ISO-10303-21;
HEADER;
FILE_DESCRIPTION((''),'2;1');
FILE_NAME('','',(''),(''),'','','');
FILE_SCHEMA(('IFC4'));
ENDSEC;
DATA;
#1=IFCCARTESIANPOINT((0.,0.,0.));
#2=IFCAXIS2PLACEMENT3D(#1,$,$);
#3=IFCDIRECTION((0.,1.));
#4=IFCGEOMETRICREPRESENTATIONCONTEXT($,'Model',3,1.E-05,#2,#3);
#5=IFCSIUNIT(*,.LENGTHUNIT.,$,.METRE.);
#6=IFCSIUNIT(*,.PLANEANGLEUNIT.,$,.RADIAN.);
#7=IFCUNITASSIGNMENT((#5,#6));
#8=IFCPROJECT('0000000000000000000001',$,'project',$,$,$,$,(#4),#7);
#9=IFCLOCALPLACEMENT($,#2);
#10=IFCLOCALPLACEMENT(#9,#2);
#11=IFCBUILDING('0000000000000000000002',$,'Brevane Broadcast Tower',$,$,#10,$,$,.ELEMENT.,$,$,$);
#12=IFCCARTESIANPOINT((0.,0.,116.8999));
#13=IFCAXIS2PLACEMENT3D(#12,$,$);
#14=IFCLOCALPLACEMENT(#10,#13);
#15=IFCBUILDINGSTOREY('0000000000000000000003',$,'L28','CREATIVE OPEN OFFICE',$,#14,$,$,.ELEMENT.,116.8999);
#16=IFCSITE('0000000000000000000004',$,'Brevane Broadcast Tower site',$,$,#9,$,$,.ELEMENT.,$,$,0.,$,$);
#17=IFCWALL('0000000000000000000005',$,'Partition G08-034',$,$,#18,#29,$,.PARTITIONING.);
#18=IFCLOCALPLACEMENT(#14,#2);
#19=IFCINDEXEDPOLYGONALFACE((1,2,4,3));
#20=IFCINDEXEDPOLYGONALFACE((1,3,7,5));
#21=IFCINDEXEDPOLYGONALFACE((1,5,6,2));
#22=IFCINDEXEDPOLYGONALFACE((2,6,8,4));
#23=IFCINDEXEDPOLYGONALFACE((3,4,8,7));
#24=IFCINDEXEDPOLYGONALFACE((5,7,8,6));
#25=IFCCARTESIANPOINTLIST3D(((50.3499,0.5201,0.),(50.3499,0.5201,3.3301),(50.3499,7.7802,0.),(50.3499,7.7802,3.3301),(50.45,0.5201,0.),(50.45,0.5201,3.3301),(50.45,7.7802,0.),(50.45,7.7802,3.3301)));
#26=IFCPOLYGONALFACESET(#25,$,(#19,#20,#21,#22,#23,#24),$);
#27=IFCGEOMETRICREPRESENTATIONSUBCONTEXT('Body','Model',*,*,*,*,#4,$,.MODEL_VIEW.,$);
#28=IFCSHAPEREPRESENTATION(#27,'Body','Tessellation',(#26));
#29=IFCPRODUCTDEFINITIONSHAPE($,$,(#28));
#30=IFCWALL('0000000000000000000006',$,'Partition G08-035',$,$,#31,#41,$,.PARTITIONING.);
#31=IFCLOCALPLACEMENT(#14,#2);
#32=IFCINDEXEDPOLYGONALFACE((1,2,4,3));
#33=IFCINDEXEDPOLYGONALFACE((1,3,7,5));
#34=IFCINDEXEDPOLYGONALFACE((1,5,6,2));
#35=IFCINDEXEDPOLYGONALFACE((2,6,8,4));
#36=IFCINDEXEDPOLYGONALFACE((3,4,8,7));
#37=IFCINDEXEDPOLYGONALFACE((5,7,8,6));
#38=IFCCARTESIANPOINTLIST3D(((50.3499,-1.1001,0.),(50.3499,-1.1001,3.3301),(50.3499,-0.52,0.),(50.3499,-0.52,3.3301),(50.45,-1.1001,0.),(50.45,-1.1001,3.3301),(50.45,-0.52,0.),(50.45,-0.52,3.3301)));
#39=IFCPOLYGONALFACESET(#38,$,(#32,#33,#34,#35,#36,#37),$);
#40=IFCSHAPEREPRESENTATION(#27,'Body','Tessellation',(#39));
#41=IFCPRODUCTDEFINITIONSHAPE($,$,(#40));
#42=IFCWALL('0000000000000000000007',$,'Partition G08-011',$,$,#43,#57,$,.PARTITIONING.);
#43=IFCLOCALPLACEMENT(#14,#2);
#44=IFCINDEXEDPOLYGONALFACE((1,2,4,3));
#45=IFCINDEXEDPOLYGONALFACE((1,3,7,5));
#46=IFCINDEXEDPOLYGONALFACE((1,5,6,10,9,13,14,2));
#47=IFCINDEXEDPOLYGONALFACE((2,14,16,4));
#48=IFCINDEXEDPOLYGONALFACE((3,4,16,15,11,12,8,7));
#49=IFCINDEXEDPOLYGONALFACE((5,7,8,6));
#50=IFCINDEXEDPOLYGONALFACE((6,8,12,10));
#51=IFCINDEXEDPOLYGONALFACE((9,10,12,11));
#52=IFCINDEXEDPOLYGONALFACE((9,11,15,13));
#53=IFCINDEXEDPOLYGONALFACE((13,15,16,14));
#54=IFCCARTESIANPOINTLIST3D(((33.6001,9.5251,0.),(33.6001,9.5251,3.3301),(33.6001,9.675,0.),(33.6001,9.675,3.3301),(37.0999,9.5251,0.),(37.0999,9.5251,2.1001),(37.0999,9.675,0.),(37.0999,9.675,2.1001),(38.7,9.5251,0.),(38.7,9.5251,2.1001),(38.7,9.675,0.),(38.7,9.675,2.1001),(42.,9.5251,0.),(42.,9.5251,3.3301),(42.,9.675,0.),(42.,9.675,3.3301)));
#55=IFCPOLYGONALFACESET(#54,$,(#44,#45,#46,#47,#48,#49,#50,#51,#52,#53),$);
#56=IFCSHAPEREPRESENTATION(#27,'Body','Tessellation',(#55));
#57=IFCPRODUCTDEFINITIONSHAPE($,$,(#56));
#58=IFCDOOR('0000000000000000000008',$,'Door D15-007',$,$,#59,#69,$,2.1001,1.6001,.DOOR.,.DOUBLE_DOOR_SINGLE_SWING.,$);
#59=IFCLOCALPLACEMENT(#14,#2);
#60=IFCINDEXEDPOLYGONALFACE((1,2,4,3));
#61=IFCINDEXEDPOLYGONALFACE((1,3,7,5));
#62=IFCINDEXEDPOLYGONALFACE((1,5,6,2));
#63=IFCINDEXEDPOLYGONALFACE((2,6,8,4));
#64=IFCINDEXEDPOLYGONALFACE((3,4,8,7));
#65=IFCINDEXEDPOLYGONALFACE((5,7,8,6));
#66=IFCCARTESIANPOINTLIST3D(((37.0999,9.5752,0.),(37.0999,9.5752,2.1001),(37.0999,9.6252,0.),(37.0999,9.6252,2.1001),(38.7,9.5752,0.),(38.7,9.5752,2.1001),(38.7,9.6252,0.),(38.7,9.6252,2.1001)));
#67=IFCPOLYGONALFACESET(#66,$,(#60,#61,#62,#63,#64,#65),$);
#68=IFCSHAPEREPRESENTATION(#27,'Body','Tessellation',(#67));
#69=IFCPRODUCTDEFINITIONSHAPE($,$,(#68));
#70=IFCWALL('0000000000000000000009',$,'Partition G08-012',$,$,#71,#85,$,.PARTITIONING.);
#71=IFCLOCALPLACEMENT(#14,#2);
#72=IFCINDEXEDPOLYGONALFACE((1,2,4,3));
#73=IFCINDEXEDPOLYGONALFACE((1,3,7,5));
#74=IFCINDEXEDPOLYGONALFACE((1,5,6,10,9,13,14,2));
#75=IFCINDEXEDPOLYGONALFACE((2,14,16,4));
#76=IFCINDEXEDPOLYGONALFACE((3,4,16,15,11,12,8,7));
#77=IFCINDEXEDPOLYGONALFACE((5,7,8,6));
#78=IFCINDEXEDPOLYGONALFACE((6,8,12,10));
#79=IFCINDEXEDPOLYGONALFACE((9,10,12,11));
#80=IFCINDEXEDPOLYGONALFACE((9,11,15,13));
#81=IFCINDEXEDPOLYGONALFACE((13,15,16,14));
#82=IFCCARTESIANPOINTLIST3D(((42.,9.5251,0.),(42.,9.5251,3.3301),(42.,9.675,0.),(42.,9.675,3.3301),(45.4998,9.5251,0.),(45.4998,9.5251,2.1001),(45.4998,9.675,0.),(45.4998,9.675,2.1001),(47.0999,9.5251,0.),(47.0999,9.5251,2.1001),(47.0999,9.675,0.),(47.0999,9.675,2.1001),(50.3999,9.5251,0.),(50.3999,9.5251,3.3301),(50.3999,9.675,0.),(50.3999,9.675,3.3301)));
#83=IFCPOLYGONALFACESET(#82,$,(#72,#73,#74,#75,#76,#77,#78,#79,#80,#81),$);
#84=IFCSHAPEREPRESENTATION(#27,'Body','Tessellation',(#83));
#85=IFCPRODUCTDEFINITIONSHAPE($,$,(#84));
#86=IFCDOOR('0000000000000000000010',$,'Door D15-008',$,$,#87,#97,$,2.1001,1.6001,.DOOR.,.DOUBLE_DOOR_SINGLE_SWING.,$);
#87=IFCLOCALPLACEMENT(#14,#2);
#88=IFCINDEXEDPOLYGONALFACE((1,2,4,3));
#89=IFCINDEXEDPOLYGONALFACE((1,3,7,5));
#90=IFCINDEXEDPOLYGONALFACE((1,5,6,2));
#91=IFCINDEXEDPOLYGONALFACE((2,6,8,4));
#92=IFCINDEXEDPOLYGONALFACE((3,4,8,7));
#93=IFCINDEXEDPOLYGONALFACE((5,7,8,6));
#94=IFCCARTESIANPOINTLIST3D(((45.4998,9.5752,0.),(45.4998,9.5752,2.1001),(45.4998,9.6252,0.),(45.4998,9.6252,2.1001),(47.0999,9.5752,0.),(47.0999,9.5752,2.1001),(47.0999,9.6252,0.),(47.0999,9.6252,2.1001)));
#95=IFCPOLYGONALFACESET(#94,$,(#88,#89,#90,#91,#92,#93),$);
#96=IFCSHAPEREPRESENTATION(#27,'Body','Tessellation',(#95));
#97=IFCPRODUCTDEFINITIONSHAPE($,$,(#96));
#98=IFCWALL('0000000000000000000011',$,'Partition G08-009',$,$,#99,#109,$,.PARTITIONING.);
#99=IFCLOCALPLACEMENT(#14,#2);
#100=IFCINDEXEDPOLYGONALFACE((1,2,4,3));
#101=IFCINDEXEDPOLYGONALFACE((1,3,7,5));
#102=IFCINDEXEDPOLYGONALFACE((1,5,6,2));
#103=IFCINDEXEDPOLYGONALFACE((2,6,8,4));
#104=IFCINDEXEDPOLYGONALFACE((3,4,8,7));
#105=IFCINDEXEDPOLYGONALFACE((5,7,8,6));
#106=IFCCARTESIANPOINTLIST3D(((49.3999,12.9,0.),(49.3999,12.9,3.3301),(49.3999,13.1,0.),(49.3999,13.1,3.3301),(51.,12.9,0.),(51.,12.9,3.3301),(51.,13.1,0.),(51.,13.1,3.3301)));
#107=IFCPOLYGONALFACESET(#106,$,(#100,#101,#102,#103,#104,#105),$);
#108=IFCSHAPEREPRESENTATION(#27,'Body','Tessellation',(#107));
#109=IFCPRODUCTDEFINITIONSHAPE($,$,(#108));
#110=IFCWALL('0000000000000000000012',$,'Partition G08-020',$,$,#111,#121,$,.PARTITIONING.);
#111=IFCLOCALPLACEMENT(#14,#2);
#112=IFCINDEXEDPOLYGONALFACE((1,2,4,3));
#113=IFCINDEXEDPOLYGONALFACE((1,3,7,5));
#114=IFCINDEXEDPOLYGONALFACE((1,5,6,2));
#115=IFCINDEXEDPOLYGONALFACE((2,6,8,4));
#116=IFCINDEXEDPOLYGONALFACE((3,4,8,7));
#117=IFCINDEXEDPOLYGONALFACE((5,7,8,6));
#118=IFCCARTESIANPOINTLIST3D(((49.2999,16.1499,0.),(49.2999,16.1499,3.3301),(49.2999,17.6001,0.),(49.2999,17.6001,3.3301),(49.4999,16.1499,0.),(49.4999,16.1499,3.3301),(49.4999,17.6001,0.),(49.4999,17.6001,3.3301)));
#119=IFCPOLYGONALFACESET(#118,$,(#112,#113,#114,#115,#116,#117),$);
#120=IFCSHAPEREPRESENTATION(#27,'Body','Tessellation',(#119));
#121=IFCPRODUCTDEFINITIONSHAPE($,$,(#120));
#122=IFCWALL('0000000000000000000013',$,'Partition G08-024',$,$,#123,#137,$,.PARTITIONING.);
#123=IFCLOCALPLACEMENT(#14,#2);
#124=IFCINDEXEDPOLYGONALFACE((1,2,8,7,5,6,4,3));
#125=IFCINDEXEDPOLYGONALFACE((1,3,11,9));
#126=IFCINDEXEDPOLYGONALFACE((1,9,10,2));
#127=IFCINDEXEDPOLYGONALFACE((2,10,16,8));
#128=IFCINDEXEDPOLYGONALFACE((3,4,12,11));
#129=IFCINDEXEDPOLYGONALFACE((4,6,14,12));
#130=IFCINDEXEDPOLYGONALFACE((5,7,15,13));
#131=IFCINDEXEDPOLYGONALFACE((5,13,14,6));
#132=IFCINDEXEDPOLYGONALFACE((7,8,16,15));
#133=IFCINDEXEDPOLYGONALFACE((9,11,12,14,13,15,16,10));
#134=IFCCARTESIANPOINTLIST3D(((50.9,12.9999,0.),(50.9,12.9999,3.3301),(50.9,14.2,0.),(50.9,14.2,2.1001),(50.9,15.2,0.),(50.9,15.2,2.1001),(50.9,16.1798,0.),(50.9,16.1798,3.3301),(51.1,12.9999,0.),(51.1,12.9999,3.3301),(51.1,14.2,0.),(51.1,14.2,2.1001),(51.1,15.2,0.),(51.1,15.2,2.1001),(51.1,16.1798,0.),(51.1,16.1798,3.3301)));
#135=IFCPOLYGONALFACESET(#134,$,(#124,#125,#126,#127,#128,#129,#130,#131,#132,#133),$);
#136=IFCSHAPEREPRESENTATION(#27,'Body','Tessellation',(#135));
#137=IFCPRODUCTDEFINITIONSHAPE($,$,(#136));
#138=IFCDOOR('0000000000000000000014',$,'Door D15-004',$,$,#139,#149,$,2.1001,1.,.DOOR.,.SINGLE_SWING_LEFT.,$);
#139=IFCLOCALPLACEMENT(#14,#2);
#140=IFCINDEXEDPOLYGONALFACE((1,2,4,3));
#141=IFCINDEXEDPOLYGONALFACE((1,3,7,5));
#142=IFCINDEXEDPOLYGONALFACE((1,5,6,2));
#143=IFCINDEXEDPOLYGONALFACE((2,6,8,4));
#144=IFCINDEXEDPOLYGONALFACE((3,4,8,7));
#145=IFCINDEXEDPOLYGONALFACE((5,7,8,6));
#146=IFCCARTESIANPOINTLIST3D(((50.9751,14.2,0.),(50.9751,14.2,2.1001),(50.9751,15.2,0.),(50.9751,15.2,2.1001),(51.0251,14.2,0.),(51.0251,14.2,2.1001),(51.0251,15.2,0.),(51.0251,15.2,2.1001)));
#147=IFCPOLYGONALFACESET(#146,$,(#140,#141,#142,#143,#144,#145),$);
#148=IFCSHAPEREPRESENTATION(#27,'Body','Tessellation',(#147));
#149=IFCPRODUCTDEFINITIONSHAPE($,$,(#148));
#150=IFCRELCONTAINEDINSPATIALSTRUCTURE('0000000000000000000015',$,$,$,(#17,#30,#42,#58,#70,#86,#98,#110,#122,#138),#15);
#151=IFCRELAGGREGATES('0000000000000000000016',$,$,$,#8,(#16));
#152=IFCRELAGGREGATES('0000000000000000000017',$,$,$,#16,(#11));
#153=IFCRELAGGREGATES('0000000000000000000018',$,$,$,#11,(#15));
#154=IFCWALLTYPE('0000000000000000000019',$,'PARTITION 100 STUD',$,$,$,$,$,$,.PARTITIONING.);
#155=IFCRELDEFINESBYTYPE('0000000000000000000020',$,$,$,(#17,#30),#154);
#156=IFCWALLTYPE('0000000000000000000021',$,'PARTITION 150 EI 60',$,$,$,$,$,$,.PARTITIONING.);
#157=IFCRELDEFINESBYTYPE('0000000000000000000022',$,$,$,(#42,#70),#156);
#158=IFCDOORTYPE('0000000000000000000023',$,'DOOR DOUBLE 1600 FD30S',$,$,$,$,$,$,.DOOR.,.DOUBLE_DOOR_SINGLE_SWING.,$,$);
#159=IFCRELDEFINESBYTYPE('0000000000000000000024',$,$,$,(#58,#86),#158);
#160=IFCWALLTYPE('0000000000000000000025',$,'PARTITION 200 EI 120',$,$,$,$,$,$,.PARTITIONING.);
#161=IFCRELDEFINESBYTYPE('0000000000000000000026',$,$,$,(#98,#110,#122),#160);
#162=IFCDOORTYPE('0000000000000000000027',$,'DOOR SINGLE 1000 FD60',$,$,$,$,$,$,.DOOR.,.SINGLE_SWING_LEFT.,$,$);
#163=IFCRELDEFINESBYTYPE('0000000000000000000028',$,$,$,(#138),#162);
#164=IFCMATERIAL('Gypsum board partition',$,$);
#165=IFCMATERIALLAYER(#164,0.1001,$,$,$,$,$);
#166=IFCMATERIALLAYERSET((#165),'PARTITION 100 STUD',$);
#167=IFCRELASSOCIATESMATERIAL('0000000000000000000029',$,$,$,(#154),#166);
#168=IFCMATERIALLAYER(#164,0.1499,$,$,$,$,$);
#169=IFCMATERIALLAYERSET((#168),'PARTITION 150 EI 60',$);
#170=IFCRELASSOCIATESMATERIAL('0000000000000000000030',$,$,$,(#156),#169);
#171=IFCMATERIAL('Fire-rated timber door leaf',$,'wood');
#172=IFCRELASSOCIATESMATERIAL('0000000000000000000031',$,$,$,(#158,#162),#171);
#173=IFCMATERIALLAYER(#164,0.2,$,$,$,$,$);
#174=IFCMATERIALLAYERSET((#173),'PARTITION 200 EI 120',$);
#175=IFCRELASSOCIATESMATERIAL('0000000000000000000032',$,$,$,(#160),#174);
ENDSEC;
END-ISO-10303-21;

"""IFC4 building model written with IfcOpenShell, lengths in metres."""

from ifc_helpers import new_model, si_unit, direction, frame, frame_2d, origin, place, context, subcontext, project, spatial, rectangle, extrude, material, layer, layer_set, type_object, element, fill, save


model = new_model("IFC4")

# Units and contexts
model_context = context("Model", 3, precision=1e-05, world=origin(), true_north=direction((0.0, 1.0)))
body_context = subcontext(model_context, "Body", "Model", "MODEL_VIEW")
ifc_project = project(units=[si_unit("LENGTHUNIT", "METRE"), si_unit("PLANEANGLEUNIT", "RADIAN")], contexts=[model_context])

# Site, building, storey
site_placement = place(None, origin())
site = spatial("IfcSite", under=ifc_project, at=site_placement, Name="Brevane Broadcast Tower site", CompositionType="ELEMENT", RefElevation=0.0)
building_placement = place(site_placement, origin())
building = spatial("IfcBuilding", under=site, at=building_placement, Name="Brevane Broadcast Tower", CompositionType="ELEMENT")
storey_placement = place(building_placement, frame((0.0, 0.0, 116.8999)))
storey = spatial("IfcBuildingStorey", under=building, at=storey_placement, Name="L28", Description="CREATIVE OPEN OFFICE", CompositionType="ELEMENT", Elevation=116.8999)

# Walls
ifc_material_1 = material(Name="Gypsum board partition")
ifc_layer_1 = layer(ifc_material_1, 0.1001)
ifc_layer_set_1 = layer_set([ifc_layer_1], Name="PARTITION 100 STUD")
wall_type_1 = type_object("IfcWallType", Name="PARTITION 100 STUD", PredefinedType="PARTITIONING", material=ifc_layer_set_1)
wall_1_placement = place(storey_placement, frame((50.3999, 7.78, 0.0), z_axis=(0.0, 0.0, 1.0), x_axis=(0.0, -1.0, 0.0)))
element("IfcWall", 1, at=wall_1_placement, inside=storey, type_object=wall_type_1, Name="Partition G08-034", PredefinedType="PARTITIONING", context=body_context, shape_type="SweptSolid", body=[
    extrude(rectangle(XDim=7.26, YDim=0.1001, at=frame_2d((3.6299, 0.0))), origin(), (0.0, 0.0, 1.0), 3.3301),
])
wall_2_placement = place(storey_placement, frame((50.3999, -0.52, 0.0), z_axis=(0.0, 0.0, 1.0), x_axis=(0.0, -1.0, 0.0)))
element("IfcWall", 2, at=wall_2_placement, inside=storey, type_object=wall_type_1, Name="Partition G08-035", PredefinedType="PARTITIONING", context=body_context, shape_type="SweptSolid", body=[
    extrude(rectangle(XDim=0.5801, YDim=0.1001, at=frame_2d((0.29, 0.0))), origin(), (0.0, 0.0, 1.0), 3.3301),
])

# Walls, openings, doors
ifc_layer_2 = layer(ifc_material_1, 0.1499)
ifc_layer_set_2 = layer_set([ifc_layer_2], Name="PARTITION 150 EI 60")
wall_type_2 = type_object("IfcWallType", Name="PARTITION 150 EI 60", PredefinedType="PARTITIONING", material=ifc_layer_set_2)
wall_3_placement = place(storey_placement, frame((42.0, 9.6001, 0.0), z_axis=(0.0, 0.0, 1.0), x_axis=(-1.0, 0.0, 0.0)))
wall_3 = element("IfcWall", 3, at=wall_3_placement, inside=storey, type_object=wall_type_2, Name="Partition G08-011", PredefinedType="PARTITIONING", context=body_context, shape_type="SweptSolid", body=[
    extrude(rectangle(XDim=8.3999, YDim=0.1499, at=frame_2d((4.2, 0.0))), origin(), (0.0, 0.0, 1.0), 3.3301),
])
opening_1_placement = place(wall_3_placement, frame((3.3, 0.0, 0.0)))
opening_1 = element("IfcOpeningElement", 4, at=opening_1_placement, cuts=wall_3, PredefinedType="OPENING", context=body_context, shape_type="SweptSolid", body=[
    extrude(rectangle(XDim=1.6001, YDim=2.1001, at=frame_2d((0.8, 1.05))), frame((0.0, 0.085, 0.0), z_axis=(0.0, -1.0, 0.0), x_axis=(1.0, 0.0, 0.0)), (0.0, 0.0, 1.0), 0.1699),
])
ifc_material_2 = material(Name="Fire-rated timber door leaf", Category="wood")
door_type_1 = type_object("IfcDoorType", Name="DOOR DOUBLE 1600 FD30S", OperationType="DOUBLE_DOOR_SINGLE_SWING", PredefinedType="DOOR", material=ifc_material_2)
door_1_placement = place(opening_1_placement, origin())
door_1 = element("IfcDoor", 5, at=door_1_placement, inside=storey, type_object=door_type_1, Name="Door D15-007", OperationType="DOUBLE_DOOR_SINGLE_SWING", OverallHeight=2.1001, OverallWidth=1.6001, PredefinedType="DOOR", context=body_context, shape_type="SweptSolid", body=[
    extrude(rectangle(XDim=1.6001, YDim=2.1001, at=frame_2d((0.8, 1.05))), frame((0.0, 0.0249, 0.0), z_axis=(0.0, -1.0, 0.0), x_axis=(1.0, 0.0, 0.0)), (0.0, 0.0, 1.0), 0.05),
])
fill(opening_1, door_1)
wall_4_placement = place(storey_placement, frame((50.3999, 9.6001, 0.0), z_axis=(0.0, 0.0, 1.0), x_axis=(-1.0, 0.0, 0.0)))
wall_4 = element("IfcWall", 6, at=wall_4_placement, inside=storey, type_object=wall_type_2, Name="Partition G08-012", PredefinedType="PARTITIONING", context=body_context, shape_type="SweptSolid", body=[
    extrude(rectangle(XDim=8.3999, YDim=0.1499, at=frame_2d((4.2, 0.0))), origin(), (0.0, 0.0, 1.0), 3.3301),
])
opening_2_placement = place(wall_4_placement, frame((3.3, 0.0, 0.0)))
opening_2 = element("IfcOpeningElement", 7, at=opening_2_placement, cuts=wall_4, PredefinedType="OPENING", context=body_context, shape_type="SweptSolid", body=[
    extrude(rectangle(XDim=1.6001, YDim=2.1001, at=frame_2d((0.8, 1.05))), frame((0.0, 0.085, 0.0), z_axis=(0.0, -1.0, 0.0), x_axis=(1.0, 0.0, 0.0)), (0.0, 0.0, 1.0), 0.1699),
])
door_2_placement = place(opening_2_placement, origin())
door_2 = element("IfcDoor", 8, at=door_2_placement, inside=storey, type_object=door_type_1, Name="Door D15-008", OperationType="DOUBLE_DOOR_SINGLE_SWING", OverallHeight=2.1001, OverallWidth=1.6001, PredefinedType="DOOR", context=body_context, shape_type="SweptSolid", body=[
    extrude(rectangle(XDim=1.6001, YDim=2.1001, at=frame_2d((0.8, 1.05))), frame((0.0, 0.0249, 0.0), z_axis=(0.0, -1.0, 0.0), x_axis=(1.0, 0.0, 0.0)), (0.0, 0.0, 1.0), 0.05),
])
fill(opening_2, door_2)

# Walls
ifc_layer_3 = layer(ifc_material_1, 0.2)
ifc_layer_set_3 = layer_set([ifc_layer_3], Name="PARTITION 200 EI 120")
wall_type_3 = type_object("IfcWallType", Name="PARTITION 200 EI 120", PredefinedType="PARTITIONING", material=ifc_layer_set_3)
wall_5_placement = place(storey_placement, frame((49.3999, 13.0, 0.0), z_axis=(0.0, 0.0, 1.0), x_axis=(1.0, 0.0, 0.0)))
element("IfcWall", 9, at=wall_5_placement, inside=storey, type_object=wall_type_3, Name="Partition G08-009", PredefinedType="PARTITIONING", context=body_context, shape_type="SweptSolid", body=[
    extrude(rectangle(XDim=1.6001, YDim=0.2, at=frame_2d((0.8, 0.0))), origin(), (0.0, 0.0, 1.0), 3.3301),
])
wall_6_placement = place(storey_placement, frame((49.3999, 17.6001, 0.0), z_axis=(0.0, 0.0, 1.0), x_axis=(0.0, -1.0, 0.0)))
element("IfcWall", 10, at=wall_6_placement, inside=storey, type_object=wall_type_3, Name="Partition G08-020", PredefinedType="PARTITIONING", context=body_context, shape_type="SweptSolid", body=[
    extrude(rectangle(XDim=1.4502, YDim=0.2, at=frame_2d((0.7251, 0.0))), origin(), (0.0, 0.0, 1.0), 3.3301),
])

# Wall, opening, door
wall_7_placement = place(storey_placement, frame((51.0, 13.0, 0.0), z_axis=(0.0, 0.0, 1.0), x_axis=(0.0, 1.0, 0.0)))
wall_7 = element("IfcWall", 11, at=wall_7_placement, inside=storey, type_object=wall_type_3, Name="Partition G08-024", PredefinedType="PARTITIONING", context=body_context, shape_type="SweptSolid", body=[
    extrude(rectangle(XDim=3.1799, YDim=0.2, at=frame_2d((1.5898, 0.0))), origin(), (0.0, 0.0, 1.0), 3.3301),
])
opening_3_placement = place(wall_7_placement, frame((1.2, 0.0, 0.0)))
opening_3 = element("IfcOpeningElement", 12, at=opening_3_placement, cuts=wall_7, PredefinedType="OPENING", context=body_context, shape_type="SweptSolid", body=[
    extrude(rectangle(XDim=1.0, YDim=2.1001, at=frame_2d((0.5, 1.05))), frame((0.0, 0.1099, 0.0), z_axis=(0.0, -1.0, 0.0), x_axis=(1.0, 0.0, 0.0)), (0.0, 0.0, 1.0), 0.22),
])
door_type_2 = type_object("IfcDoorType", Name="DOOR SINGLE 1000 FD60", OperationType="SINGLE_SWING_LEFT", PredefinedType="DOOR", material=ifc_material_2)
door_3_placement = place(opening_3_placement, origin())
door_3 = element("IfcDoor", 13, at=door_3_placement, inside=storey, type_object=door_type_2, Name="Door D15-004", OperationType="SINGLE_SWING_LEFT", OverallHeight=2.1001, OverallWidth=1.0, PredefinedType="DOOR", context=body_context, shape_type="SweptSolid", body=[
    extrude(rectangle(XDim=1.0, YDim=2.1001, at=frame_2d((0.5, 1.05))), frame((0.0, 0.0249, 0.0), z_axis=(0.0, -1.0, 0.0), x_axis=(1.0, 0.0, 0.0)), (0.0, 0.0, 1.0), 0.05),
])
fill(opening_3, door_3)

save(model, "model.ifc")
